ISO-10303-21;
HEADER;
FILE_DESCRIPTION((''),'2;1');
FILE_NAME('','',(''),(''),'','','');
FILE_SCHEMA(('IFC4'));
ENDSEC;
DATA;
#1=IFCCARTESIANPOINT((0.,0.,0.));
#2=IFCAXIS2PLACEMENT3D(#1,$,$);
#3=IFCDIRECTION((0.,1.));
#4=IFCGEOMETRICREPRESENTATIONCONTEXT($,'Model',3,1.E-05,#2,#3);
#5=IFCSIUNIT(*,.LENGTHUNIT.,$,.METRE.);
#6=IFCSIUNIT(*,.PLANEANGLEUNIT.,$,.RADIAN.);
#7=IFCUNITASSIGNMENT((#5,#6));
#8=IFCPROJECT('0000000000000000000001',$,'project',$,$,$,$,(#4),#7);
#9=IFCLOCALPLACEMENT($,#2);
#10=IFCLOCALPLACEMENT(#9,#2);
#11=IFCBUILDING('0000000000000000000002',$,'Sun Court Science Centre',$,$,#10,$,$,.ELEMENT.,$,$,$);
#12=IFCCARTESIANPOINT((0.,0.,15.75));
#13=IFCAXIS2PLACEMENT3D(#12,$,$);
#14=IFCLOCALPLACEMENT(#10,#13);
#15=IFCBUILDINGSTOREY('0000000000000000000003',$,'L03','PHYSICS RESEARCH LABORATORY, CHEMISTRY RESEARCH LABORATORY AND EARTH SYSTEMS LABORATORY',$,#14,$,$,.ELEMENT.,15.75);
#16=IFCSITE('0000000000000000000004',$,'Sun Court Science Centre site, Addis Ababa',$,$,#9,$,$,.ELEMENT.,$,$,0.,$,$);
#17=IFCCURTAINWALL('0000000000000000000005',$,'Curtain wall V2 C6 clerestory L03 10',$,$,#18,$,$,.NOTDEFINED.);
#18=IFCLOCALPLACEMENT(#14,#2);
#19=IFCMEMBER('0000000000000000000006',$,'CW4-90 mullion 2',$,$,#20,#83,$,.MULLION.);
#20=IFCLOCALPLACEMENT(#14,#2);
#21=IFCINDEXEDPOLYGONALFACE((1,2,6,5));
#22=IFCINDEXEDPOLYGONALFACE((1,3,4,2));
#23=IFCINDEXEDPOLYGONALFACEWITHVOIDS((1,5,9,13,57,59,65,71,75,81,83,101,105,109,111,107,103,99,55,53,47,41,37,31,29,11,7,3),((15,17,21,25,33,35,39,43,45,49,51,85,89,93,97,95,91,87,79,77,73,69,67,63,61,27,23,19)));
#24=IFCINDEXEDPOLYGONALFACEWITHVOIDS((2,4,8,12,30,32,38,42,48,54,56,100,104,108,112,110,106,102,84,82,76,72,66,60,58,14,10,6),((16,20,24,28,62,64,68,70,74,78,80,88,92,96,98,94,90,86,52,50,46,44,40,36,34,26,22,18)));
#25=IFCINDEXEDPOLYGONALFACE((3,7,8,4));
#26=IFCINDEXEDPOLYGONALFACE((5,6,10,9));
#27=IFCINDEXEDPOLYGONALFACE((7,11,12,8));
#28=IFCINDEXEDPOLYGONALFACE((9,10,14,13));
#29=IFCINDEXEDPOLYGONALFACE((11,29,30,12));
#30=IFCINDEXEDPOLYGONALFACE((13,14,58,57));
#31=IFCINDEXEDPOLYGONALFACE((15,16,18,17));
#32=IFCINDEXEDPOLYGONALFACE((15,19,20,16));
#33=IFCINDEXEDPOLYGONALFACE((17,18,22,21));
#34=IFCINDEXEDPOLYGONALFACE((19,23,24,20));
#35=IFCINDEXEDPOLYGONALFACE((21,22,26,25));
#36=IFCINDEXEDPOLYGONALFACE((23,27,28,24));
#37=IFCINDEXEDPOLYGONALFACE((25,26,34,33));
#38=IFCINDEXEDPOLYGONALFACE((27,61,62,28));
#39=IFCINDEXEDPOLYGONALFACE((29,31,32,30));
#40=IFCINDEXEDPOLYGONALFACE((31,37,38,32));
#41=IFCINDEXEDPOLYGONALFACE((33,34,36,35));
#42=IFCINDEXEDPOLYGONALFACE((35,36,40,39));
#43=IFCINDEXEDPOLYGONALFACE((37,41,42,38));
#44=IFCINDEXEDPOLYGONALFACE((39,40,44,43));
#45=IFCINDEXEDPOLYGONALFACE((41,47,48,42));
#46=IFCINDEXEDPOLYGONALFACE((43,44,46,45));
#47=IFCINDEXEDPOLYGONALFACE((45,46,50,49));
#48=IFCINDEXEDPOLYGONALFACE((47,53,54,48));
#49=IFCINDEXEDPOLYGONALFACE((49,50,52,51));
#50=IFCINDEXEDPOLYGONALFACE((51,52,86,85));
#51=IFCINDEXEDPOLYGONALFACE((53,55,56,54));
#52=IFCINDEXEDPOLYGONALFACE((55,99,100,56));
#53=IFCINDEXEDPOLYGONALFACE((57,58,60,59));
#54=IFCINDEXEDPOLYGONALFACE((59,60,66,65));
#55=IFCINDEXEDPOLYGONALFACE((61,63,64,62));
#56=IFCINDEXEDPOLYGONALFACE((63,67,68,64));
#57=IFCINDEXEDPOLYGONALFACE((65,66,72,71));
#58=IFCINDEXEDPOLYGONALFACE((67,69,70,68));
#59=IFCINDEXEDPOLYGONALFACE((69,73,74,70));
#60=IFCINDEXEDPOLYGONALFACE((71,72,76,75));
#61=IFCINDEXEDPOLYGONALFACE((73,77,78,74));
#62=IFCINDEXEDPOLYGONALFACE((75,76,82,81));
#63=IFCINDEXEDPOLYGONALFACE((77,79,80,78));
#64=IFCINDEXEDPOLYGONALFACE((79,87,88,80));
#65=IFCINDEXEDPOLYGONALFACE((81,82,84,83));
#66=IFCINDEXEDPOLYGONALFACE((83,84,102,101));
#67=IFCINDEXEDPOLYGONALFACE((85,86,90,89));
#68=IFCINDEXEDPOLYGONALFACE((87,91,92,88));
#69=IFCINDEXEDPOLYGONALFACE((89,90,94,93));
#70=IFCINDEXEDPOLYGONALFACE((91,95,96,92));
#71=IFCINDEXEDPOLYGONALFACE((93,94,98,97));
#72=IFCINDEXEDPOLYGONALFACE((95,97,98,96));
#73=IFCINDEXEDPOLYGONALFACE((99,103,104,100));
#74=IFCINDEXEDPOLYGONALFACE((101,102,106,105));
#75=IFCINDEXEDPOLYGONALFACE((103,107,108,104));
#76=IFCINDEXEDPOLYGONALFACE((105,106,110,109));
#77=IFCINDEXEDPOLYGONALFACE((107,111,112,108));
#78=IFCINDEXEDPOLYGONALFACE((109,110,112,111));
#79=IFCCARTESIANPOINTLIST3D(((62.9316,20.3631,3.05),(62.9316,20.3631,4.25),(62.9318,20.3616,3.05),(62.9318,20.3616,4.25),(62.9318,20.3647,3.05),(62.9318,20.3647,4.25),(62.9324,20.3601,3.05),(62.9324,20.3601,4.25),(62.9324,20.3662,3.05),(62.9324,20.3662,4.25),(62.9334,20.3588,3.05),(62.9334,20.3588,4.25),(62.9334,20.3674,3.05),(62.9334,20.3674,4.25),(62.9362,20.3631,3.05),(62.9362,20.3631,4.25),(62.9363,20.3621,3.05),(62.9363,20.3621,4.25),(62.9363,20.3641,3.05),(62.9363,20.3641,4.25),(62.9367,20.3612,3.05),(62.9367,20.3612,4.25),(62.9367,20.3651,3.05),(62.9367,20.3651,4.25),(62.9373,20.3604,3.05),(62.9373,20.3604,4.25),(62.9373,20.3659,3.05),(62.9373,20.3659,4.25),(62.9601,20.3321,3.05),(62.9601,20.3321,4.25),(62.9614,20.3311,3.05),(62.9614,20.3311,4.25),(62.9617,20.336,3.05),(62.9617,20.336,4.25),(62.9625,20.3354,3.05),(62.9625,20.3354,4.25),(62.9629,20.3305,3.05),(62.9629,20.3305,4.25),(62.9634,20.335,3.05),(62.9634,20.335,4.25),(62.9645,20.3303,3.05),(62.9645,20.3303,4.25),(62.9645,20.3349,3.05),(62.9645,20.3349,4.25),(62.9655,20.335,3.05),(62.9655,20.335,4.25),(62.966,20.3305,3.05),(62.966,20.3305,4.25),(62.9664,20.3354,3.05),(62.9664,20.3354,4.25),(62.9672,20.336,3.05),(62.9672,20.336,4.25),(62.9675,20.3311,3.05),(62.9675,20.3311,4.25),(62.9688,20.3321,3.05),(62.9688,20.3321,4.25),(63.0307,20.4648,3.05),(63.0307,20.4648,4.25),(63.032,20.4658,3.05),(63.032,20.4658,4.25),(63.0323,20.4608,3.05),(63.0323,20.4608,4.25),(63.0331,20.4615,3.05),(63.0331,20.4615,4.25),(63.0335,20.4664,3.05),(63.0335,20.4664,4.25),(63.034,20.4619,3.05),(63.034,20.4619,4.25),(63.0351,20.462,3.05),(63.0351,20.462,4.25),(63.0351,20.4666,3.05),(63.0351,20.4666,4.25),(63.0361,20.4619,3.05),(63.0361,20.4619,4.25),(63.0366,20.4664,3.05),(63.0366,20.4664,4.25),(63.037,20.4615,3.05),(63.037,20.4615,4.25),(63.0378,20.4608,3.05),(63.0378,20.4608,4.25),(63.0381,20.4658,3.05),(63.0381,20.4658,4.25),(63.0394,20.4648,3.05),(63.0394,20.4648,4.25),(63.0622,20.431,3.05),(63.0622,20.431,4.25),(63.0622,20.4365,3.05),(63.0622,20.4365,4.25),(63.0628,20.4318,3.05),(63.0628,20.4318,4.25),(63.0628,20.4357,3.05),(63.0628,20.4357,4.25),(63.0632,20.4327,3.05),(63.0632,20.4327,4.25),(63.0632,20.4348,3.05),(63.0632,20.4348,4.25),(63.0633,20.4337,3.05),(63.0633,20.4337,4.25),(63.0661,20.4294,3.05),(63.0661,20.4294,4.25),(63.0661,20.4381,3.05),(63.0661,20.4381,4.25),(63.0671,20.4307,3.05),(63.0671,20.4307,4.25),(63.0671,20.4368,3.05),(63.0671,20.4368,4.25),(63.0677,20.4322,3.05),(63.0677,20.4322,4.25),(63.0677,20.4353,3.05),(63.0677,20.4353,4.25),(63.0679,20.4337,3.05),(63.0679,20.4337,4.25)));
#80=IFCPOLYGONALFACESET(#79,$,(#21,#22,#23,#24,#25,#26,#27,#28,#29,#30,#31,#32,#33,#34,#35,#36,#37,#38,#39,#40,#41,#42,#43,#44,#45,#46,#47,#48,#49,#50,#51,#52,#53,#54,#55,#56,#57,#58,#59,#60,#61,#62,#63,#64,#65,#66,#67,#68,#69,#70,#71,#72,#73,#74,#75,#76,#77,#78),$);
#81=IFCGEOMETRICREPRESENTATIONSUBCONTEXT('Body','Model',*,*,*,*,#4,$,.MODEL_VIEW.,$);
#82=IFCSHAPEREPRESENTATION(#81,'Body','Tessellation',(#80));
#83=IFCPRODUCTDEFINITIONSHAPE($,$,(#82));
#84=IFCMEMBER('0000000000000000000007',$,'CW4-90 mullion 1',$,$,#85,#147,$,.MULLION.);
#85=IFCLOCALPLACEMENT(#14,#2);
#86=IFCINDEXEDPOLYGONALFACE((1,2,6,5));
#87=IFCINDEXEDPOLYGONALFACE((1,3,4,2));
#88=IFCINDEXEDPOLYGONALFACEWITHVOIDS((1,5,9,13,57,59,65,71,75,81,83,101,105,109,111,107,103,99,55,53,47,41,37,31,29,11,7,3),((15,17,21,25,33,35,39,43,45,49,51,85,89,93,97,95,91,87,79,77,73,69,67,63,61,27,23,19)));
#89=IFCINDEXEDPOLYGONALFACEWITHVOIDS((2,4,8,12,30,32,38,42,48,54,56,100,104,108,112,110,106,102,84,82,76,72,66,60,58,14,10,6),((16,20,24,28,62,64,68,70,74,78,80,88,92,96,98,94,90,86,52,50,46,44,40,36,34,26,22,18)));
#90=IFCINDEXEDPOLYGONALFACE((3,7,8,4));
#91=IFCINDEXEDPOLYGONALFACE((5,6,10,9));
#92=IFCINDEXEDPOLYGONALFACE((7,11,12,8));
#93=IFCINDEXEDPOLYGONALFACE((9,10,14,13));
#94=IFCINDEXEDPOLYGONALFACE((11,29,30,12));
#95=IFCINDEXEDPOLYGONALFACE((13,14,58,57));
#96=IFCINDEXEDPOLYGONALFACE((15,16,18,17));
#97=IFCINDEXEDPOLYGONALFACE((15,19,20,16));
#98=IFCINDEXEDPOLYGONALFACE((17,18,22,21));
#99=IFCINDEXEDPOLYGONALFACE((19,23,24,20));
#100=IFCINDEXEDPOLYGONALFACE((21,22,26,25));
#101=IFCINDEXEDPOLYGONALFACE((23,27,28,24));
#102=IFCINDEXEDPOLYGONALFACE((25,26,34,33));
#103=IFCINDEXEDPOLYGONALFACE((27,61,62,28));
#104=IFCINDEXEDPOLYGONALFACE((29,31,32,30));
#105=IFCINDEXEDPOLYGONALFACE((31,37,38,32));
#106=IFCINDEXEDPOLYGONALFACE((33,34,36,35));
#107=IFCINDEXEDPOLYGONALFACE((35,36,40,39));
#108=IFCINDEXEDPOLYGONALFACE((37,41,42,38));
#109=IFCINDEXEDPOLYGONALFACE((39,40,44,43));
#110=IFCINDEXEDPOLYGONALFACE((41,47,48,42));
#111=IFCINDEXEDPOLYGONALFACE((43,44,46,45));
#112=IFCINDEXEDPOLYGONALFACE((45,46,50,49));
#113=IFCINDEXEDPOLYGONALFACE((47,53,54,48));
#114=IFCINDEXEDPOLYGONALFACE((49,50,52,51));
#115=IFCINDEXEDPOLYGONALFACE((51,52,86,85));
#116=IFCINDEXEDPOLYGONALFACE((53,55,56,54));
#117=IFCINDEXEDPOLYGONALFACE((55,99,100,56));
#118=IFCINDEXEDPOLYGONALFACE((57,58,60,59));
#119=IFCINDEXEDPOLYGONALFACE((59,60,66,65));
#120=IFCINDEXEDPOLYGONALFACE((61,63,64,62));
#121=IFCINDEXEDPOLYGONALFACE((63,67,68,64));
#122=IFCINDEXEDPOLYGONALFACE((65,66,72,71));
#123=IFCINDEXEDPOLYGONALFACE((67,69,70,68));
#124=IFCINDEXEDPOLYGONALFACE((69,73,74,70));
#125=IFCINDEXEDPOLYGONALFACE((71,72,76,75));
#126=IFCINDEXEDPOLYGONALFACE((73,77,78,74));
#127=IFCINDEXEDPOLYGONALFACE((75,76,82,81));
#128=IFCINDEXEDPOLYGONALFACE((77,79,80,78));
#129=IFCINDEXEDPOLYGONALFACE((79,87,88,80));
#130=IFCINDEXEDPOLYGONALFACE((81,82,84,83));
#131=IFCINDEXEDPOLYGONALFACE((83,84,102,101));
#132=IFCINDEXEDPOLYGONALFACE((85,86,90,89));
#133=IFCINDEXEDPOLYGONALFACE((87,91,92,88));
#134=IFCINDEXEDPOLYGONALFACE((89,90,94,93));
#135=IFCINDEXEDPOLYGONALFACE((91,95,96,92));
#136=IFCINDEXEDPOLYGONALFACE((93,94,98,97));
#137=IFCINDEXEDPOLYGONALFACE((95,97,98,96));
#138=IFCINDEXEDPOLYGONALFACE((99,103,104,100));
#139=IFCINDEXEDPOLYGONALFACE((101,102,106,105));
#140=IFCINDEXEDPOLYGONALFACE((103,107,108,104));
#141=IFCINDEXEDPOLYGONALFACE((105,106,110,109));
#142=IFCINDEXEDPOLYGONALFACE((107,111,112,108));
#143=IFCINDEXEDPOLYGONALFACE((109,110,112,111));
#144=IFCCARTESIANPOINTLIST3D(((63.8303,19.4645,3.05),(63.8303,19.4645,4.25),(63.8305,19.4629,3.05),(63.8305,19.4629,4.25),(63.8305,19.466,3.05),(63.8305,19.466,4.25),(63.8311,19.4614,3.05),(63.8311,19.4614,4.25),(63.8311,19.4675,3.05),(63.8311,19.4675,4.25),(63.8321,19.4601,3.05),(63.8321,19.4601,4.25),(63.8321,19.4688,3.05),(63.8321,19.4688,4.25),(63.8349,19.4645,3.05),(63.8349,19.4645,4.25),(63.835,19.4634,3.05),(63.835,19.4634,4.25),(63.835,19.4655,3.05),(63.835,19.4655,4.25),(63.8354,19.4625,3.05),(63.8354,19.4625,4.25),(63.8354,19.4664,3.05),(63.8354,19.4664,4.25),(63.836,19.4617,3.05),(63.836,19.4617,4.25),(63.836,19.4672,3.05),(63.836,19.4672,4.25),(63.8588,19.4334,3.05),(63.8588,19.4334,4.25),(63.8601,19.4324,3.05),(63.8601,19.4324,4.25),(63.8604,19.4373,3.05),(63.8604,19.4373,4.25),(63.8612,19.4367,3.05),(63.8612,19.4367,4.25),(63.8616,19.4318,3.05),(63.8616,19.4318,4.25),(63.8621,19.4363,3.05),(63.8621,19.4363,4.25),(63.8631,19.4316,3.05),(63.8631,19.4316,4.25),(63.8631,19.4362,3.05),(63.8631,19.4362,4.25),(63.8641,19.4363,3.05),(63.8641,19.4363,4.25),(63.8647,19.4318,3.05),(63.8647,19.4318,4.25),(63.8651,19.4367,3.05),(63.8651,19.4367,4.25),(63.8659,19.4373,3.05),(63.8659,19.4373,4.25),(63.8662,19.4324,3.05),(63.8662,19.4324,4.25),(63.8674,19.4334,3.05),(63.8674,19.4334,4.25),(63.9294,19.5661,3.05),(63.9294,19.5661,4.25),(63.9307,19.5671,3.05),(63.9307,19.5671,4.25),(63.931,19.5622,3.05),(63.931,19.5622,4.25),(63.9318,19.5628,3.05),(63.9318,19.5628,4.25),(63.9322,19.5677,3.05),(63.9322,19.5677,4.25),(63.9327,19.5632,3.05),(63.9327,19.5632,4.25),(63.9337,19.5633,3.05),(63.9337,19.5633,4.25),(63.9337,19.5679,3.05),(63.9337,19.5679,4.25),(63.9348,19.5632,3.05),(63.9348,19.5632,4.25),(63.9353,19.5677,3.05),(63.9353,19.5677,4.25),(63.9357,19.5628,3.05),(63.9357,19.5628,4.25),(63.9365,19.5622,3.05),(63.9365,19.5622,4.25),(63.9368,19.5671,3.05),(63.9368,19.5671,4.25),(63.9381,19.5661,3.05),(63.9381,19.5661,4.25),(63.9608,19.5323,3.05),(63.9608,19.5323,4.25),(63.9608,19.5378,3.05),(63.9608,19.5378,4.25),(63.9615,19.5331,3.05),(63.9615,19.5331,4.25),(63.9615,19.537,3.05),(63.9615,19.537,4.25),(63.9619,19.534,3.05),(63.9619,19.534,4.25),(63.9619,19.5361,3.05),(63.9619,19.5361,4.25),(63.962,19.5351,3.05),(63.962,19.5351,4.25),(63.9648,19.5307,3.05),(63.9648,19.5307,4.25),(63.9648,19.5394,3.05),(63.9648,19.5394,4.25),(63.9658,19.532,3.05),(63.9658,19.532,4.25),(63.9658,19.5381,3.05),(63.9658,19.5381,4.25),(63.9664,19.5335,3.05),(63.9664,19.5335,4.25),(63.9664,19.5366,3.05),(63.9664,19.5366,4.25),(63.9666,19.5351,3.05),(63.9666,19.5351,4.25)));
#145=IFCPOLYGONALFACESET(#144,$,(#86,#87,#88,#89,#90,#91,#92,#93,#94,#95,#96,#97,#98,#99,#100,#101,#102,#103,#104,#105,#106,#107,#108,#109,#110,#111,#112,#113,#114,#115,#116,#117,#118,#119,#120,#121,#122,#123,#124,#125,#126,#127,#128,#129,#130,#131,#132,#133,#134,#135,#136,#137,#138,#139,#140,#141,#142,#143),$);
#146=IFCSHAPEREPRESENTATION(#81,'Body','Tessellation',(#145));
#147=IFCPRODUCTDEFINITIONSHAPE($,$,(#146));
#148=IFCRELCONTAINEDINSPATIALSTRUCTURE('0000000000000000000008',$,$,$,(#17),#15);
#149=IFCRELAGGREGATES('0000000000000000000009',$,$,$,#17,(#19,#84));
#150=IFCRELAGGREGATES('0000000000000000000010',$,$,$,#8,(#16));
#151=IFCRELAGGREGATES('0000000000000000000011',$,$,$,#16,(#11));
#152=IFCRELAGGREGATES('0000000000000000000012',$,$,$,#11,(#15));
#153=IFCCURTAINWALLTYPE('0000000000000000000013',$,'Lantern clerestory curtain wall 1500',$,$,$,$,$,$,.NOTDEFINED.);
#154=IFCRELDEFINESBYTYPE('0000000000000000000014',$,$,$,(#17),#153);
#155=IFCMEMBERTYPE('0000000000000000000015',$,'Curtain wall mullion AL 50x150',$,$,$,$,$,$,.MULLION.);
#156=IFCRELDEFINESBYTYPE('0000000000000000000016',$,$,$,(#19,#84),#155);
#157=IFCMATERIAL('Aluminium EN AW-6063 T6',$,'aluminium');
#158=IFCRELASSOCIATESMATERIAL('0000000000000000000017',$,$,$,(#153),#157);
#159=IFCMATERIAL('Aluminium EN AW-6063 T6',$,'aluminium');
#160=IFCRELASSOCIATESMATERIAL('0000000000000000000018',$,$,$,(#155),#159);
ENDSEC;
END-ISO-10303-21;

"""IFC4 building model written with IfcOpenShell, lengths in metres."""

from ifc_helpers import new_model, si_unit, direction, frame, origin, origin_2d, place, context, subcontext, project, spatial, hollow_rectangle, extrude, material, material_profile, profile_set, type_object, element, aggregate, save


model = new_model("IFC4")

# Units and contexts
model_context = context("Model", 3, precision=1e-05, world=origin(), true_north=direction((0.0, 1.0)))
body_context = subcontext(model_context, "Body", "Model", "MODEL_VIEW")
ifc_project = project(units=[si_unit("LENGTHUNIT", "METRE"), si_unit("PLANEANGLEUNIT", "RADIAN")], contexts=[model_context])

# Site, building, storey
site_placement = place(None, origin())
site = spatial("IfcSite", under=ifc_project, at=site_placement, Name="Sun Court Science Centre site, Addis Ababa", CompositionType="ELEMENT", RefElevation=0.0)
building_placement = place(site_placement, origin())
building = spatial("IfcBuilding", under=site, at=building_placement, Name="Sun Court Science Centre", CompositionType="ELEMENT")
storey_placement = place(building_placement, frame((0.0, 0.0, 15.75)))
storey = spatial("IfcBuildingStorey", under=building, at=storey_placement, Name="L03", Description="PHYSICS RESEARCH LABORATORY, CHEMISTRY RESEARCH LABORATORY AND EARTH SYSTEMS LABORATORY", CompositionType="ELEMENT", Elevation=15.75)

# Curtain wall, members
ifc_material_1 = material(Name="Aluminium EN AW-6063 T6", Category="aluminium")
curtain_wall_type = type_object("IfcCurtainWallType", Name="Lantern clerestory curtain wall 1500", PredefinedType="NOTDEFINED", material=ifc_material_1)
ifc_material_2 = material(Name="Aluminium EN AW-6063 T6", Category="aluminium")
ifc_material_profile_1 = material_profile(ifc_material_2, hollow_rectangle(XDim=0.05, YDim=0.1499, WallThickness=0.0039, InnerFilletRadius=0.0039, OuterFilletRadius=0.0061, at=origin_2d()), Name="AL 50x150x4")
ifc_profile_set_1 = profile_set([ifc_material_profile_1], Name="Aluminium EN AW-6063 T6")
member_type_1 = type_object("IfcMemberType", Name="Curtain wall mullion AL 50x150", PredefinedType="MULLION", material=ifc_profile_set_1)
curtain_wall_1_placement = place(storey_placement, origin())
curtain_wall_1 = element("IfcCurtainWall", 1, at=curtain_wall_1_placement, inside=storey, type_object=curtain_wall_type, Name="Curtain wall V2 C6 clerestory L03 10", PredefinedType="NOTDEFINED")
member_1_placement = place(storey_placement, frame((62.9998, 20.3984, 3.05), z_axis=(0.0, 0.0, 1.0), x_axis=(-0.707107, 0.707107, 0.0)))
member_1 = element("IfcMember", 2, at=member_1_placement, type_object=member_type_1, Name="CW4-90 mullion 2", PredefinedType="MULLION", context=body_context, shape_type="SweptSolid", body=[
    extrude(hollow_rectangle(XDim=0.05, YDim=0.1499, WallThickness=0.0039, InnerFilletRadius=0.0039, OuterFilletRadius=0.0061, at=origin_2d()), origin(), (0.0, 0.0, 1.0), 1.2),
])
member_2_placement = place(storey_placement, frame((63.8984, 19.4998, 3.05), z_axis=(0.0, 0.0, 1.0), x_axis=(-0.707107, 0.707107, 0.0)))
member_2 = element("IfcMember", 3, at=member_2_placement, type_object=member_type_1, Name="CW4-90 mullion 1", PredefinedType="MULLION", context=body_context, shape_type="SweptSolid", body=[
    extrude(hollow_rectangle(XDim=0.05, YDim=0.1499, WallThickness=0.0039, InnerFilletRadius=0.0039, OuterFilletRadius=0.0061, at=origin_2d()), origin(), (0.0, 0.0, 1.0), 1.2),
])

aggregate(curtain_wall_1, [member_1, member_2])

save(model, "model.ifc")
